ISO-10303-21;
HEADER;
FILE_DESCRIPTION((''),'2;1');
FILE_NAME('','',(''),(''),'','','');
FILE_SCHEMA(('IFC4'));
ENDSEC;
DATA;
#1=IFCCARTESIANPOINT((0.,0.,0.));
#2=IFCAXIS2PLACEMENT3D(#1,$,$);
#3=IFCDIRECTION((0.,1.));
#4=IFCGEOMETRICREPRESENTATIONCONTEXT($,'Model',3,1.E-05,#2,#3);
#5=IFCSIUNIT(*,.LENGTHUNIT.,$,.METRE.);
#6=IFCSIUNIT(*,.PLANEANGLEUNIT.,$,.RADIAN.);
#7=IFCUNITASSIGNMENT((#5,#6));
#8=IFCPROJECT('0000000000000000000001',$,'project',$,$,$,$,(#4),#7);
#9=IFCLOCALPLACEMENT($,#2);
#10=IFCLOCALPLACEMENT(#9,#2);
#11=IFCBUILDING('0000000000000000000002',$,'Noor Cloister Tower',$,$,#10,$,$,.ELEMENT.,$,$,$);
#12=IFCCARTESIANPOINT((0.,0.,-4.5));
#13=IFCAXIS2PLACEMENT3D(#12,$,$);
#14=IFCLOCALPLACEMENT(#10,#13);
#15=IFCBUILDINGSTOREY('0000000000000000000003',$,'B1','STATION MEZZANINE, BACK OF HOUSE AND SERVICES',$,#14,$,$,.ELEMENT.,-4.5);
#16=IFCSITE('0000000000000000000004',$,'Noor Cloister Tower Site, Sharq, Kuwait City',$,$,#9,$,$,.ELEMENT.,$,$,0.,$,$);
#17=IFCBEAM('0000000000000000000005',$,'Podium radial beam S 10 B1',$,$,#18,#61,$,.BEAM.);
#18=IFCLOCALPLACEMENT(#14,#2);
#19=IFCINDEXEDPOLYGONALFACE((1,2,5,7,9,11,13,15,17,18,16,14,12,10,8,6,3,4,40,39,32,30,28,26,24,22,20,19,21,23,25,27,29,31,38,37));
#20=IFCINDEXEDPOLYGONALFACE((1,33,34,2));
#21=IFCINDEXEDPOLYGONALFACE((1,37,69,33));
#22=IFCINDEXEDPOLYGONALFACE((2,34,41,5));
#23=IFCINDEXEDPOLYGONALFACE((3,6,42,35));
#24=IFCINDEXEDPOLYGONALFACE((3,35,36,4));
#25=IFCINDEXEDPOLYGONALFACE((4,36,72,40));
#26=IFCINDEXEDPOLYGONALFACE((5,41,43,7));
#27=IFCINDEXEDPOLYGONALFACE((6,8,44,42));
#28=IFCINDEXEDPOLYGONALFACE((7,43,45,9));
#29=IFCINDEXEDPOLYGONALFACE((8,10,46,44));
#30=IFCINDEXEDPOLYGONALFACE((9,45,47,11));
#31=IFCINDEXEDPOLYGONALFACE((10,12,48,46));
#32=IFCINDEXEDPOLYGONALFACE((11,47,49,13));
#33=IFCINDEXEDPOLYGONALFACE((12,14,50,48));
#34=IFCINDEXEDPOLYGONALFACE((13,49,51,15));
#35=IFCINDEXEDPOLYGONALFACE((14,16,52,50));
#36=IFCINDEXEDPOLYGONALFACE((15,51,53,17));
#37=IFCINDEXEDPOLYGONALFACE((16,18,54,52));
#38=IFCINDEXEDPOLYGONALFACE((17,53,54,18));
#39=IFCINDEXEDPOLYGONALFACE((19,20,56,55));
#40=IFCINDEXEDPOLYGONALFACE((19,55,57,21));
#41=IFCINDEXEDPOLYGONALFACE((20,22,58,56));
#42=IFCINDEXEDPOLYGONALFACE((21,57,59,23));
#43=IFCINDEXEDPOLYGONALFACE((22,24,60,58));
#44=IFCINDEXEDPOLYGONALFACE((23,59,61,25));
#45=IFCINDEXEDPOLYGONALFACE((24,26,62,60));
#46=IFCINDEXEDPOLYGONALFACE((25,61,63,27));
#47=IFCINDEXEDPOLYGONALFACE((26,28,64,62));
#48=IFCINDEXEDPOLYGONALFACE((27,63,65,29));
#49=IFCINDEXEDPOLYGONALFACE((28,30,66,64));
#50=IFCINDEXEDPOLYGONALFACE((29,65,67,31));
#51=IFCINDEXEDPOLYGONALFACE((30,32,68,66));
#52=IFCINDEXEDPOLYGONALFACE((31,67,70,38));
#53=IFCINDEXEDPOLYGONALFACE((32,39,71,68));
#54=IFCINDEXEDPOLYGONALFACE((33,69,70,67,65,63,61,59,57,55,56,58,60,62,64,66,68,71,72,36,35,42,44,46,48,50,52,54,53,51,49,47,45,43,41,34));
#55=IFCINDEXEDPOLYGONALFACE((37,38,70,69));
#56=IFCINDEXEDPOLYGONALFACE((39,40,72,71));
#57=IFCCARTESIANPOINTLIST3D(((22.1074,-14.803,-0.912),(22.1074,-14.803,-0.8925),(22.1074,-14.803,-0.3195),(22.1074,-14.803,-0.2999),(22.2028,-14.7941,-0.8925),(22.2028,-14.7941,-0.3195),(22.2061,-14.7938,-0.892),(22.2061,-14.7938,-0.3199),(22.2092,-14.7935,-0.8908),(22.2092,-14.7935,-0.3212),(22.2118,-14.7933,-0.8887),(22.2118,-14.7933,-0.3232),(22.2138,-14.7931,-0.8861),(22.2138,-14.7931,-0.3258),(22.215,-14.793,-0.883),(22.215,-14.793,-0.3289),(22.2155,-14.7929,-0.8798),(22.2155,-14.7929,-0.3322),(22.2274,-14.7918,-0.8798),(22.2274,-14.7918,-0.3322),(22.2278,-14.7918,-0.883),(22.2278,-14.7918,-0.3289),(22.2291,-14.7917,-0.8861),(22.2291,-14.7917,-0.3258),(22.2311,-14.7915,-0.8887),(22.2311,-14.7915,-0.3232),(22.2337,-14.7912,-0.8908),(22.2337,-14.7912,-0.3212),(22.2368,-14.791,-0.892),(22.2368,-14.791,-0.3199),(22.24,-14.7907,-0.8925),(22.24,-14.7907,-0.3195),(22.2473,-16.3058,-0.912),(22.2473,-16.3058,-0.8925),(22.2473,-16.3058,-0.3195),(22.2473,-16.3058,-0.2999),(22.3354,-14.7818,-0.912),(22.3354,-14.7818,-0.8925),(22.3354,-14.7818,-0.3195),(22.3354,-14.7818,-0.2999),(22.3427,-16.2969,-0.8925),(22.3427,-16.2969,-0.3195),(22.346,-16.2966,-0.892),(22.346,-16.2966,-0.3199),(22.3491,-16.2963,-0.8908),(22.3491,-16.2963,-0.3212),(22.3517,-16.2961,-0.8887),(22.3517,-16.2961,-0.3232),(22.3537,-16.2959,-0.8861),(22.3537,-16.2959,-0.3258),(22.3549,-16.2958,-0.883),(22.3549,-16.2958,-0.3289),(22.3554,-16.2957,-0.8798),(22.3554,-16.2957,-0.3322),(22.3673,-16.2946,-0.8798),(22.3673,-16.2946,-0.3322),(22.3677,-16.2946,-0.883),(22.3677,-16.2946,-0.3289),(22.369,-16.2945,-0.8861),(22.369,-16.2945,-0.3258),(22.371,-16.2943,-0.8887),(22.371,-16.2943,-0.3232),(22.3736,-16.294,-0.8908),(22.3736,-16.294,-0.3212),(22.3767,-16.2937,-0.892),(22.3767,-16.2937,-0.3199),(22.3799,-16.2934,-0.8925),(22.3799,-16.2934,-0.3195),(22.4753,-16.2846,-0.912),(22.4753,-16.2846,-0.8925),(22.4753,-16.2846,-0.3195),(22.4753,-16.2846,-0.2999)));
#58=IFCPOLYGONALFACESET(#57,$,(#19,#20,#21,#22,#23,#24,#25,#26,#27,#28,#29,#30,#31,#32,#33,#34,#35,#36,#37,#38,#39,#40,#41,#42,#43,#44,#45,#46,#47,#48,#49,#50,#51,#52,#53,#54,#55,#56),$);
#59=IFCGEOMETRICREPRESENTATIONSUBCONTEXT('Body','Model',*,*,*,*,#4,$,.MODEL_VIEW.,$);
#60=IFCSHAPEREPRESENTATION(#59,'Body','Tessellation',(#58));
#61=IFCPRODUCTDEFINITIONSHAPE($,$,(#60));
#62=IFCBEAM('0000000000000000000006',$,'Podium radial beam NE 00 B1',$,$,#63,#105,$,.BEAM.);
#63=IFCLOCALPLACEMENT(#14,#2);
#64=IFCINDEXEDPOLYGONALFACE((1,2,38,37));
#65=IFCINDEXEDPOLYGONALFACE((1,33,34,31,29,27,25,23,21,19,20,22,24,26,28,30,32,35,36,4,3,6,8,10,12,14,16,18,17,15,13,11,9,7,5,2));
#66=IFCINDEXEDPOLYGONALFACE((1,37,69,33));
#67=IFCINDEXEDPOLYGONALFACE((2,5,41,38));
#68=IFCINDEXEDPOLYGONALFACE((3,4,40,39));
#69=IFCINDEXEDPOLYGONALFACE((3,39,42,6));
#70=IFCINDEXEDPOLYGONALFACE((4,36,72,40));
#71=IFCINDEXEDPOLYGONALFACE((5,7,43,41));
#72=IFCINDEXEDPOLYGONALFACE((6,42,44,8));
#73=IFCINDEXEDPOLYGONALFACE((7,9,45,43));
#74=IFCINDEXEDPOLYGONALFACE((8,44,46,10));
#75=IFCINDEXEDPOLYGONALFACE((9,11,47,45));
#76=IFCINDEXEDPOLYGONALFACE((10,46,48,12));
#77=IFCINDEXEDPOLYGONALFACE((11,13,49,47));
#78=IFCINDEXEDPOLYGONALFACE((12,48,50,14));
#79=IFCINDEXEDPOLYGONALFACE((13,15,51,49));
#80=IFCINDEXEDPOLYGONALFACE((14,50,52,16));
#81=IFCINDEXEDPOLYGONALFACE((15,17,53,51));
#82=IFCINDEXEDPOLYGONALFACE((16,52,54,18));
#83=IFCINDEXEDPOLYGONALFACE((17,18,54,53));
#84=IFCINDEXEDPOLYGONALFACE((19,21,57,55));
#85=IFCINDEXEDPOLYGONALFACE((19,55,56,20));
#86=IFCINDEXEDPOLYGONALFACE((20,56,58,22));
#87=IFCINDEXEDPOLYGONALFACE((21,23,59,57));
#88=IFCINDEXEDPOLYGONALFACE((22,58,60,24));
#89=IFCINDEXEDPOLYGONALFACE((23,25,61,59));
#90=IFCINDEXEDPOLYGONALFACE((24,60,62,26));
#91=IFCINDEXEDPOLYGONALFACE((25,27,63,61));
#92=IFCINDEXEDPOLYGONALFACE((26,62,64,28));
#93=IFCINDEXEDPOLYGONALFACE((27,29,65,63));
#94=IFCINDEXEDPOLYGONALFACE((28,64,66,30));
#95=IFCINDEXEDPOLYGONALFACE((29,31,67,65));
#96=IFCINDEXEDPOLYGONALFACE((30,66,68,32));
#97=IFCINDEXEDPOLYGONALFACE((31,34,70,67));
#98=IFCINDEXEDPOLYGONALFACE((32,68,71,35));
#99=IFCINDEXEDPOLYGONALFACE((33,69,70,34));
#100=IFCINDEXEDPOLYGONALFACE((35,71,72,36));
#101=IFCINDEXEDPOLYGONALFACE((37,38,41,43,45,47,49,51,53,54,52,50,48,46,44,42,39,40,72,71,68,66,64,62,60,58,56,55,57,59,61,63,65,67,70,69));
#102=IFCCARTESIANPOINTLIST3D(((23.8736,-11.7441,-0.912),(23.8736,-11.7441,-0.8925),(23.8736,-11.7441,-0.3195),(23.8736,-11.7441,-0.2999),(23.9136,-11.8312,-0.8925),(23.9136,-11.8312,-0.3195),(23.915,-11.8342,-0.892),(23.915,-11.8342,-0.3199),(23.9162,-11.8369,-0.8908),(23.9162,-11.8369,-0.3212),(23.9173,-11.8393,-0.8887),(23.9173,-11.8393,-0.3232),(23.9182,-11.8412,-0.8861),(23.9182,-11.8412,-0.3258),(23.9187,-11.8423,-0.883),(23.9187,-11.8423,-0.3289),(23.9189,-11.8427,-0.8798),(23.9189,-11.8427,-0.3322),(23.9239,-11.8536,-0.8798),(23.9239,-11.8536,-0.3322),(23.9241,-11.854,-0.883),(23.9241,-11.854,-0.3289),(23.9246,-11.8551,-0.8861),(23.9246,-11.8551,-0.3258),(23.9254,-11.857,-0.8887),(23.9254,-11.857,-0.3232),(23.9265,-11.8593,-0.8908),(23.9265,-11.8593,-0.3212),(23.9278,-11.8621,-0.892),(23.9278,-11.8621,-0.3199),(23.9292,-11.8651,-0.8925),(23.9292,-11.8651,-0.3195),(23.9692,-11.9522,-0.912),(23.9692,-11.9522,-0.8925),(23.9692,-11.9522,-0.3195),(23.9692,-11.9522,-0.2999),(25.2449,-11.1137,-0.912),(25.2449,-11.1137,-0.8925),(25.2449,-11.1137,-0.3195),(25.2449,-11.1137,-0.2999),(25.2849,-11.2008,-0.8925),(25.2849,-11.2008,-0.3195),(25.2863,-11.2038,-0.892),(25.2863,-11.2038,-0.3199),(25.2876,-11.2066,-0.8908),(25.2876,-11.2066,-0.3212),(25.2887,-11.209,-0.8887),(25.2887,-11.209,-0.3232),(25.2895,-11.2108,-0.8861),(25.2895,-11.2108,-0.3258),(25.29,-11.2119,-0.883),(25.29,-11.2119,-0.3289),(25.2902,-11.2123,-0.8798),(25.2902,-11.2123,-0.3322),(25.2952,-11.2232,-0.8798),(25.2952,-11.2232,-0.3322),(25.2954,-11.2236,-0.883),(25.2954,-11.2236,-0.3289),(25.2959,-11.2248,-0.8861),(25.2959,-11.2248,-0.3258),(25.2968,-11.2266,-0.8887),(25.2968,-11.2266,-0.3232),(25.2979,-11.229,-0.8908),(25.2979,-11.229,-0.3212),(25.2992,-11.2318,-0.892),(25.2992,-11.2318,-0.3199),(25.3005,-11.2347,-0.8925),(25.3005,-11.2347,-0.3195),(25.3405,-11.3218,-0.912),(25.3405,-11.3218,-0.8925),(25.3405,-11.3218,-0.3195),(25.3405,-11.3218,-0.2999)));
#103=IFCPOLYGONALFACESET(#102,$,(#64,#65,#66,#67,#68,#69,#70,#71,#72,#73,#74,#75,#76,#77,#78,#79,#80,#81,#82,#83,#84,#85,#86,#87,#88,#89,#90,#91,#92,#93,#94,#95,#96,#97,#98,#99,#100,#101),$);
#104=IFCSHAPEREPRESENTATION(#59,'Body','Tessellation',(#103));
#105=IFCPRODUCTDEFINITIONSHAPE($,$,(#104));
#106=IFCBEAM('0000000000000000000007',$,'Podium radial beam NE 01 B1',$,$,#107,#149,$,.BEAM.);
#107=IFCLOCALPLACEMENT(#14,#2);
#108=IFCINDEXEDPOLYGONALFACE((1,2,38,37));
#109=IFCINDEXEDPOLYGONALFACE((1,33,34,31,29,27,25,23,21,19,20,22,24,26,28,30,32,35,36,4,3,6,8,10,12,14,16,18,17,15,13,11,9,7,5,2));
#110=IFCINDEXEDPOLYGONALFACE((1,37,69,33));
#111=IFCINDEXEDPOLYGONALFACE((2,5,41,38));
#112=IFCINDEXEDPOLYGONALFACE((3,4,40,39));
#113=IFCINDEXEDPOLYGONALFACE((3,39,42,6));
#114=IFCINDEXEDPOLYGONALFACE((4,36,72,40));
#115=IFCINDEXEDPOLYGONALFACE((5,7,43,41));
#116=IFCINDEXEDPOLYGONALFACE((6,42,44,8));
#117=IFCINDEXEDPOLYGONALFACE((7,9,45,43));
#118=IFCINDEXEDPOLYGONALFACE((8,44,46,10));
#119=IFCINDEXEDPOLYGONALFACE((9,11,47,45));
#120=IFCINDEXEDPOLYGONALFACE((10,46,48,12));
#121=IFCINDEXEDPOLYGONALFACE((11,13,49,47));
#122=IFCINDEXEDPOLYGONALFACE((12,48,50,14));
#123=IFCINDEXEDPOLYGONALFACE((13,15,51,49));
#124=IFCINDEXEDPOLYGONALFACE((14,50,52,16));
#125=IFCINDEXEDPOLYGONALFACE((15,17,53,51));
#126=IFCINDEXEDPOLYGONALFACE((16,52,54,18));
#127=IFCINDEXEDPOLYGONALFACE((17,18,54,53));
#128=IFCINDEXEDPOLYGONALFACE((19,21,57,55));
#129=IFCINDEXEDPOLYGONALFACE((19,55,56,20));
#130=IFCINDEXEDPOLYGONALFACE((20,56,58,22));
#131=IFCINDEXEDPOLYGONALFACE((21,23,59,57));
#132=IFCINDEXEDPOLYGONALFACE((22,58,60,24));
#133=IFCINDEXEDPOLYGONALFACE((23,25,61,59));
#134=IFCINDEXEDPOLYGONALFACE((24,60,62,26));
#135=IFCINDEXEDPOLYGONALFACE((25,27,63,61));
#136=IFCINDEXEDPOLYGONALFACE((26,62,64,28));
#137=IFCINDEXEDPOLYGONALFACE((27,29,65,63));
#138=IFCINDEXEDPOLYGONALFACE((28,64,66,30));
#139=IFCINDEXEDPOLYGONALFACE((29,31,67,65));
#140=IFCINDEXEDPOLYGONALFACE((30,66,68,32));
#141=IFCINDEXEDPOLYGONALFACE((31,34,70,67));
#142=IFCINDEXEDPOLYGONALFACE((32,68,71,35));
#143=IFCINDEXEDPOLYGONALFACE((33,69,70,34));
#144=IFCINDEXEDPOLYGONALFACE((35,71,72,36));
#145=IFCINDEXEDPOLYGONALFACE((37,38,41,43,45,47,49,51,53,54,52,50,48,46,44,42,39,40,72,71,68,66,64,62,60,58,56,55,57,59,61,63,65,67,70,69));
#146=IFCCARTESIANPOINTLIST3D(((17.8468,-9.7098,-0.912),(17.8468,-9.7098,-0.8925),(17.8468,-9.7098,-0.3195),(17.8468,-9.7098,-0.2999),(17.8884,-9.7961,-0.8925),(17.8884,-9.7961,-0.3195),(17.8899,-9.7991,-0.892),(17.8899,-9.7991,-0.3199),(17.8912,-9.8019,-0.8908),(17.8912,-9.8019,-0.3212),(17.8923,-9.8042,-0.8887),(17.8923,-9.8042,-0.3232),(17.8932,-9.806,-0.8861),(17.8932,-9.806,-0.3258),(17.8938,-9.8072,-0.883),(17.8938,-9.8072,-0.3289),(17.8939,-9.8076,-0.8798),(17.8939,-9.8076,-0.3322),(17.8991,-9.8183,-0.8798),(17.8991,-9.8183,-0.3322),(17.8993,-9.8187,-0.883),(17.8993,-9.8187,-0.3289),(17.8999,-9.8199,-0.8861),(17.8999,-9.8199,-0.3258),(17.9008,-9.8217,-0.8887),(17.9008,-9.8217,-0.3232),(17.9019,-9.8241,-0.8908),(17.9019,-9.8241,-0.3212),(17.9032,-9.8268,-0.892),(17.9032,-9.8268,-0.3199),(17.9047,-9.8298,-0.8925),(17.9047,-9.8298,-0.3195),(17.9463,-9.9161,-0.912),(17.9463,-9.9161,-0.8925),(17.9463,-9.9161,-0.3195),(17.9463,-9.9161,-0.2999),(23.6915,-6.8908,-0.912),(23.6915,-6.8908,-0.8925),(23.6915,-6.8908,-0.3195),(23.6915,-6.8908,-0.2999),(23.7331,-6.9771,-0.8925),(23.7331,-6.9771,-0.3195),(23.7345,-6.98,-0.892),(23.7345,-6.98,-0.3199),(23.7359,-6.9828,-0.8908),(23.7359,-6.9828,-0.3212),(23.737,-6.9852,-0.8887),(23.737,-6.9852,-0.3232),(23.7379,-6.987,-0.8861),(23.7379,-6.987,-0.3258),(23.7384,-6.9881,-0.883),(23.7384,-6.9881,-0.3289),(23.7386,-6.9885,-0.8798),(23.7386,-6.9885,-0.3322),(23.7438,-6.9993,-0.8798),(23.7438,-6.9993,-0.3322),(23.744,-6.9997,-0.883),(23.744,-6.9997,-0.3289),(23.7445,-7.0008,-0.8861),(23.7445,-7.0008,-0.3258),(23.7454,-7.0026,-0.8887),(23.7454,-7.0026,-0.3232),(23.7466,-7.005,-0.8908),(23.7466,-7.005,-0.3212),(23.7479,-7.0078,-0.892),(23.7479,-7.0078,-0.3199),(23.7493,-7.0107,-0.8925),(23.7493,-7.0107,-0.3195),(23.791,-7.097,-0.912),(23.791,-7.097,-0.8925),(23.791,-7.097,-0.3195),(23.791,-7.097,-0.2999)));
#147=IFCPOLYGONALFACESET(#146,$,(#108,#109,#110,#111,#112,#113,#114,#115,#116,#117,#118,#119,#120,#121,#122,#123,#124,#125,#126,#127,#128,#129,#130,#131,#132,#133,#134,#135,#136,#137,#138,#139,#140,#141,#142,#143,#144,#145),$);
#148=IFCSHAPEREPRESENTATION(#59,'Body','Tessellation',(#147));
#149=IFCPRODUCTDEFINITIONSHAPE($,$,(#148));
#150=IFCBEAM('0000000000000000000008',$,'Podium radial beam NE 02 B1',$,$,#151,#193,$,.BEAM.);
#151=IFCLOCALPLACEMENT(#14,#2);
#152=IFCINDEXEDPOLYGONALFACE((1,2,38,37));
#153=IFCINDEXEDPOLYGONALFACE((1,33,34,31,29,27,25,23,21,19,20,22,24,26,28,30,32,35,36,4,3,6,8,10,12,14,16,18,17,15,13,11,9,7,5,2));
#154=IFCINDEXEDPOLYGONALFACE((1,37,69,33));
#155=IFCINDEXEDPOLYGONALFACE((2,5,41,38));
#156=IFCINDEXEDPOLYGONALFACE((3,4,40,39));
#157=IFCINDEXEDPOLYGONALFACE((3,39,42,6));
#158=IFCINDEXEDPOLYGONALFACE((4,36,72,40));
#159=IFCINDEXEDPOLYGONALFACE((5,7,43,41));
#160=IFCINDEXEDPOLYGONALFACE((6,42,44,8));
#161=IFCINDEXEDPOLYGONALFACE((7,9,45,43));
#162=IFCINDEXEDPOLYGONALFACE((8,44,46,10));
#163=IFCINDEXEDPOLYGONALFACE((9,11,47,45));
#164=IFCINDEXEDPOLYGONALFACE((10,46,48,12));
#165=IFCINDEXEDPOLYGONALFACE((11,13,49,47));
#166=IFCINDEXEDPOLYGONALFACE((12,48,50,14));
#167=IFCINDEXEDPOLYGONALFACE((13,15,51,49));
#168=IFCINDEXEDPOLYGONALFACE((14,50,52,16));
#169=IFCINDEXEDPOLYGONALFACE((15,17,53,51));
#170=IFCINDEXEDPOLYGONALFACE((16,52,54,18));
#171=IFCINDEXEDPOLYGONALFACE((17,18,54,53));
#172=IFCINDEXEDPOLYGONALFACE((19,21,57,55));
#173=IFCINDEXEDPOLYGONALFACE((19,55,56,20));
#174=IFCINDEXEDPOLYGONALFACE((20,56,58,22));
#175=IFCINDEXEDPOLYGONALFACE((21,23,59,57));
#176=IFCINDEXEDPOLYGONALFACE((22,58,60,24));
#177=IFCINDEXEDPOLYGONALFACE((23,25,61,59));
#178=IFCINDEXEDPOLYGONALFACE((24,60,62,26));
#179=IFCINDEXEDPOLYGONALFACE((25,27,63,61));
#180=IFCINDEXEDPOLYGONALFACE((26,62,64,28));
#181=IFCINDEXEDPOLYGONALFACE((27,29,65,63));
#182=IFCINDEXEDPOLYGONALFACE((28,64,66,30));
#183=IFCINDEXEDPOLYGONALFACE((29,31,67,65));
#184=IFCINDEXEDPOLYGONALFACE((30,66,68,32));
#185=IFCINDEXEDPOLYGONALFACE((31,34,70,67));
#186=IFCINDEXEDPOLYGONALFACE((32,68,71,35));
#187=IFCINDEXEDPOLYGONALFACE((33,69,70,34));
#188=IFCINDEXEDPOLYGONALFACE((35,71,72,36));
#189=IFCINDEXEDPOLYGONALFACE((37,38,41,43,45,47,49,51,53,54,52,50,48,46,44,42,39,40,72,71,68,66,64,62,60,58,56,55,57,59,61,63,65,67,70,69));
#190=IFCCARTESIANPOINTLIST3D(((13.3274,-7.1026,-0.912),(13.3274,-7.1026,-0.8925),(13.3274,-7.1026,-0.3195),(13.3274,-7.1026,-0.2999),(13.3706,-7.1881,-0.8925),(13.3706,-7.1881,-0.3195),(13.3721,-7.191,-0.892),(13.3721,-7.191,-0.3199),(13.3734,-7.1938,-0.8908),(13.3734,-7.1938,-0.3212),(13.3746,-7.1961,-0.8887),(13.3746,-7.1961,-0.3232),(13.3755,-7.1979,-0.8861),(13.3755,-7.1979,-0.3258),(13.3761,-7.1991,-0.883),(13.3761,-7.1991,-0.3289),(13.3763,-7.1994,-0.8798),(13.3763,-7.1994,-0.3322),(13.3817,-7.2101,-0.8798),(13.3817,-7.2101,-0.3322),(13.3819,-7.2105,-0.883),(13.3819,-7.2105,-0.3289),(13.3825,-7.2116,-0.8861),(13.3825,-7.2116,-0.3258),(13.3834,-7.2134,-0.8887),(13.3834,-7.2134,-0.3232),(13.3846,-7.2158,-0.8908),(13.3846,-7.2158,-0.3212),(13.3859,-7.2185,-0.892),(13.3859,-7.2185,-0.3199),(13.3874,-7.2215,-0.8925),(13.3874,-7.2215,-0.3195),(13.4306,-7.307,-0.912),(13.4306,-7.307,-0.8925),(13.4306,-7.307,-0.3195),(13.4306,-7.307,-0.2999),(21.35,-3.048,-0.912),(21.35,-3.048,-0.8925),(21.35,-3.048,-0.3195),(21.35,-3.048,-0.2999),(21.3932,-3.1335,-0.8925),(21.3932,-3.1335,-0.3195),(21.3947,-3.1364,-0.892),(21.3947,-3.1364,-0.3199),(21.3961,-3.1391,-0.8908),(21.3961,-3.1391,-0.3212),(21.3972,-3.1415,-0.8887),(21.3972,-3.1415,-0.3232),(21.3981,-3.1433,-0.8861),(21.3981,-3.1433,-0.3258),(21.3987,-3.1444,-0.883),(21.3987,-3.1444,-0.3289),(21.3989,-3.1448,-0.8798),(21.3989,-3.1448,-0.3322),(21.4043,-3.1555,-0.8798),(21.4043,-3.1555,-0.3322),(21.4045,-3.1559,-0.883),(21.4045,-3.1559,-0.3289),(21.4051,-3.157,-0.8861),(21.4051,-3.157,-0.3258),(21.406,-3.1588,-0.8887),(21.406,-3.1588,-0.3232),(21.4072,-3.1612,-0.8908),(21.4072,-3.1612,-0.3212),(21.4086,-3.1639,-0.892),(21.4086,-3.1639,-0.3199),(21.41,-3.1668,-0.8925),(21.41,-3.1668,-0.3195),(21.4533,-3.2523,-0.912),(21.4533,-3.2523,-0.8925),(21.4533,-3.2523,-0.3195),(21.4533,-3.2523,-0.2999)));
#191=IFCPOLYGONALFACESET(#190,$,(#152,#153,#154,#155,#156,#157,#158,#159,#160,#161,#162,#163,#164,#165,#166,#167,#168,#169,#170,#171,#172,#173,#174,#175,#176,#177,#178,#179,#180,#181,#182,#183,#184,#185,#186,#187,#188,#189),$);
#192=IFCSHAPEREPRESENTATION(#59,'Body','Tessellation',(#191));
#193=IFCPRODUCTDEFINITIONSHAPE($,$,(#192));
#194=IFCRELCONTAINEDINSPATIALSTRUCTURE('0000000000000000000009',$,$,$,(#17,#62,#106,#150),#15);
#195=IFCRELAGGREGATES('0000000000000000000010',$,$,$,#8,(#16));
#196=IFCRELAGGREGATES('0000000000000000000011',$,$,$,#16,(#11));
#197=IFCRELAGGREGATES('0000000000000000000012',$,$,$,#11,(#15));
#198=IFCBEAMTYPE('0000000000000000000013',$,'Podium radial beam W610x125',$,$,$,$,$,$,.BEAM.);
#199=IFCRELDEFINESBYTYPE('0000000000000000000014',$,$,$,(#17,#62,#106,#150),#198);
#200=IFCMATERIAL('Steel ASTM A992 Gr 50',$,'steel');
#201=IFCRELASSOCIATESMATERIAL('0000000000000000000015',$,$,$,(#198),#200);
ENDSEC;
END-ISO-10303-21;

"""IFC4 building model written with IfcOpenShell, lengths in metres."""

from ifc_helpers import new_model, si_unit, direction, frame, origin, origin_2d, place, context, subcontext, project, spatial, i_section, extrude, material, material_profile, profile_set, type_object, element, save


model = new_model("IFC4")

# Units and contexts
model_context = context("Model", 3, precision=1e-05, world=origin(), true_north=direction((0.0, 1.0)))
body_context = subcontext(model_context, "Body", "Model", "MODEL_VIEW")
ifc_project = project(units=[si_unit("LENGTHUNIT", "METRE"), si_unit("PLANEANGLEUNIT", "RADIAN")], contexts=[model_context])

# Site, building, storey
site_placement = place(None, origin())
site = spatial("IfcSite", under=ifc_project, at=site_placement, Name="Noor Cloister Tower Site, Sharq, Kuwait City", CompositionType="ELEMENT", RefElevation=0.0)
building_placement = place(site_placement, origin())
building = spatial("IfcBuilding", under=site, at=building_placement, Name="Noor Cloister Tower", CompositionType="ELEMENT")
storey_placement = place(building_placement, frame((0.0, 0.0, -4.5)))
storey = spatial("IfcBuildingStorey", under=building, at=storey_placement, Name="B1", Description="STATION MEZZANINE, BACK OF HOUSE AND SERVICES", CompositionType="ELEMENT", Elevation=-4.5)

# Beams
ifc_material_1 = material(Name="Steel ASTM A992 Gr 50", Category="steel")
ifc_material_profile_1 = material_profile(ifc_material_1, i_section(OverallWidth=0.229, OverallDepth=0.6121, WebThickness=0.012, FlangeThickness=0.0195, FilletRadius=0.0127, at=origin_2d()), Name="W610x125")
ifc_profile_set_1 = profile_set([ifc_material_profile_1], Name="Steel ASTM A992 Gr 50")
beam_type_1 = type_object("IfcBeamType", Name="Podium radial beam W610x125", PredefinedType="BEAM", material=ifc_profile_set_1)
for number, where, z_axis, x_axis, name in (
    (1, (22.3613, -16.2952, -0.606), (-0.092694, 0.995695, 0.0), (-0.995695, -0.092694, 0.0), "Podium radial beam S 10 B1"),
    (2, (25.2927, -11.2178, -0.606), (-0.908602, -0.417663, 0.0), (0.417663, -0.908602, 0.0), "Podium radial beam NE 00 B1"),
):
    element("IfcBeam", number, at=place(storey_placement, frame(where, z_axis=z_axis, x_axis=x_axis)), inside=storey, type_object=beam_type_1, Name=name, PredefinedType="BEAM", context=body_context, shape_type="SweptSolid", body=[
        extrude(i_section(OverallWidth=0.229, OverallDepth=0.6121, WebThickness=0.012, FlangeThickness=0.0195, FilletRadius=0.0127, at=origin_2d()), origin(), (0.0, 0.0, 1.0), 1.5093),
    ])
beam_1_placement = place(storey_placement, frame((23.7412, -6.9939, -0.606), z_axis=(-0.900702, -0.434437, 0.0), x_axis=(0.434437, -0.900702, 0.0)))
element("IfcBeam", 3, at=beam_1_placement, inside=storey, type_object=beam_type_1, Name="Podium radial beam NE 01 B1", PredefinedType="BEAM", context=body_context, shape_type="SweptSolid", body=[
    extrude(i_section(OverallWidth=0.229, OverallDepth=0.6121, WebThickness=0.012, FlangeThickness=0.0195, FilletRadius=0.0127, at=origin_2d()), origin(), (0.0, 0.0, 1.0), 6.489),
])
beam_2_placement = place(storey_placement, frame((21.4016, -3.1501, -0.606), z_axis=(-0.892491, -0.451066, 0.0), x_axis=(0.451066, -0.892491, 0.0)))
element("IfcBeam", 4, at=beam_2_placement, inside=storey, type_object=beam_type_1, Name="Podium radial beam NE 02 B1", PredefinedType="BEAM", context=body_context, shape_type="SweptSolid", body=[
    extrude(i_section(OverallWidth=0.229, OverallDepth=0.6121, WebThickness=0.012, FlangeThickness=0.0195, FilletRadius=0.0127, at=origin_2d()), origin(), (0.0, 0.0, 1.0), 8.989),
])

save(model, "model.ifc")
